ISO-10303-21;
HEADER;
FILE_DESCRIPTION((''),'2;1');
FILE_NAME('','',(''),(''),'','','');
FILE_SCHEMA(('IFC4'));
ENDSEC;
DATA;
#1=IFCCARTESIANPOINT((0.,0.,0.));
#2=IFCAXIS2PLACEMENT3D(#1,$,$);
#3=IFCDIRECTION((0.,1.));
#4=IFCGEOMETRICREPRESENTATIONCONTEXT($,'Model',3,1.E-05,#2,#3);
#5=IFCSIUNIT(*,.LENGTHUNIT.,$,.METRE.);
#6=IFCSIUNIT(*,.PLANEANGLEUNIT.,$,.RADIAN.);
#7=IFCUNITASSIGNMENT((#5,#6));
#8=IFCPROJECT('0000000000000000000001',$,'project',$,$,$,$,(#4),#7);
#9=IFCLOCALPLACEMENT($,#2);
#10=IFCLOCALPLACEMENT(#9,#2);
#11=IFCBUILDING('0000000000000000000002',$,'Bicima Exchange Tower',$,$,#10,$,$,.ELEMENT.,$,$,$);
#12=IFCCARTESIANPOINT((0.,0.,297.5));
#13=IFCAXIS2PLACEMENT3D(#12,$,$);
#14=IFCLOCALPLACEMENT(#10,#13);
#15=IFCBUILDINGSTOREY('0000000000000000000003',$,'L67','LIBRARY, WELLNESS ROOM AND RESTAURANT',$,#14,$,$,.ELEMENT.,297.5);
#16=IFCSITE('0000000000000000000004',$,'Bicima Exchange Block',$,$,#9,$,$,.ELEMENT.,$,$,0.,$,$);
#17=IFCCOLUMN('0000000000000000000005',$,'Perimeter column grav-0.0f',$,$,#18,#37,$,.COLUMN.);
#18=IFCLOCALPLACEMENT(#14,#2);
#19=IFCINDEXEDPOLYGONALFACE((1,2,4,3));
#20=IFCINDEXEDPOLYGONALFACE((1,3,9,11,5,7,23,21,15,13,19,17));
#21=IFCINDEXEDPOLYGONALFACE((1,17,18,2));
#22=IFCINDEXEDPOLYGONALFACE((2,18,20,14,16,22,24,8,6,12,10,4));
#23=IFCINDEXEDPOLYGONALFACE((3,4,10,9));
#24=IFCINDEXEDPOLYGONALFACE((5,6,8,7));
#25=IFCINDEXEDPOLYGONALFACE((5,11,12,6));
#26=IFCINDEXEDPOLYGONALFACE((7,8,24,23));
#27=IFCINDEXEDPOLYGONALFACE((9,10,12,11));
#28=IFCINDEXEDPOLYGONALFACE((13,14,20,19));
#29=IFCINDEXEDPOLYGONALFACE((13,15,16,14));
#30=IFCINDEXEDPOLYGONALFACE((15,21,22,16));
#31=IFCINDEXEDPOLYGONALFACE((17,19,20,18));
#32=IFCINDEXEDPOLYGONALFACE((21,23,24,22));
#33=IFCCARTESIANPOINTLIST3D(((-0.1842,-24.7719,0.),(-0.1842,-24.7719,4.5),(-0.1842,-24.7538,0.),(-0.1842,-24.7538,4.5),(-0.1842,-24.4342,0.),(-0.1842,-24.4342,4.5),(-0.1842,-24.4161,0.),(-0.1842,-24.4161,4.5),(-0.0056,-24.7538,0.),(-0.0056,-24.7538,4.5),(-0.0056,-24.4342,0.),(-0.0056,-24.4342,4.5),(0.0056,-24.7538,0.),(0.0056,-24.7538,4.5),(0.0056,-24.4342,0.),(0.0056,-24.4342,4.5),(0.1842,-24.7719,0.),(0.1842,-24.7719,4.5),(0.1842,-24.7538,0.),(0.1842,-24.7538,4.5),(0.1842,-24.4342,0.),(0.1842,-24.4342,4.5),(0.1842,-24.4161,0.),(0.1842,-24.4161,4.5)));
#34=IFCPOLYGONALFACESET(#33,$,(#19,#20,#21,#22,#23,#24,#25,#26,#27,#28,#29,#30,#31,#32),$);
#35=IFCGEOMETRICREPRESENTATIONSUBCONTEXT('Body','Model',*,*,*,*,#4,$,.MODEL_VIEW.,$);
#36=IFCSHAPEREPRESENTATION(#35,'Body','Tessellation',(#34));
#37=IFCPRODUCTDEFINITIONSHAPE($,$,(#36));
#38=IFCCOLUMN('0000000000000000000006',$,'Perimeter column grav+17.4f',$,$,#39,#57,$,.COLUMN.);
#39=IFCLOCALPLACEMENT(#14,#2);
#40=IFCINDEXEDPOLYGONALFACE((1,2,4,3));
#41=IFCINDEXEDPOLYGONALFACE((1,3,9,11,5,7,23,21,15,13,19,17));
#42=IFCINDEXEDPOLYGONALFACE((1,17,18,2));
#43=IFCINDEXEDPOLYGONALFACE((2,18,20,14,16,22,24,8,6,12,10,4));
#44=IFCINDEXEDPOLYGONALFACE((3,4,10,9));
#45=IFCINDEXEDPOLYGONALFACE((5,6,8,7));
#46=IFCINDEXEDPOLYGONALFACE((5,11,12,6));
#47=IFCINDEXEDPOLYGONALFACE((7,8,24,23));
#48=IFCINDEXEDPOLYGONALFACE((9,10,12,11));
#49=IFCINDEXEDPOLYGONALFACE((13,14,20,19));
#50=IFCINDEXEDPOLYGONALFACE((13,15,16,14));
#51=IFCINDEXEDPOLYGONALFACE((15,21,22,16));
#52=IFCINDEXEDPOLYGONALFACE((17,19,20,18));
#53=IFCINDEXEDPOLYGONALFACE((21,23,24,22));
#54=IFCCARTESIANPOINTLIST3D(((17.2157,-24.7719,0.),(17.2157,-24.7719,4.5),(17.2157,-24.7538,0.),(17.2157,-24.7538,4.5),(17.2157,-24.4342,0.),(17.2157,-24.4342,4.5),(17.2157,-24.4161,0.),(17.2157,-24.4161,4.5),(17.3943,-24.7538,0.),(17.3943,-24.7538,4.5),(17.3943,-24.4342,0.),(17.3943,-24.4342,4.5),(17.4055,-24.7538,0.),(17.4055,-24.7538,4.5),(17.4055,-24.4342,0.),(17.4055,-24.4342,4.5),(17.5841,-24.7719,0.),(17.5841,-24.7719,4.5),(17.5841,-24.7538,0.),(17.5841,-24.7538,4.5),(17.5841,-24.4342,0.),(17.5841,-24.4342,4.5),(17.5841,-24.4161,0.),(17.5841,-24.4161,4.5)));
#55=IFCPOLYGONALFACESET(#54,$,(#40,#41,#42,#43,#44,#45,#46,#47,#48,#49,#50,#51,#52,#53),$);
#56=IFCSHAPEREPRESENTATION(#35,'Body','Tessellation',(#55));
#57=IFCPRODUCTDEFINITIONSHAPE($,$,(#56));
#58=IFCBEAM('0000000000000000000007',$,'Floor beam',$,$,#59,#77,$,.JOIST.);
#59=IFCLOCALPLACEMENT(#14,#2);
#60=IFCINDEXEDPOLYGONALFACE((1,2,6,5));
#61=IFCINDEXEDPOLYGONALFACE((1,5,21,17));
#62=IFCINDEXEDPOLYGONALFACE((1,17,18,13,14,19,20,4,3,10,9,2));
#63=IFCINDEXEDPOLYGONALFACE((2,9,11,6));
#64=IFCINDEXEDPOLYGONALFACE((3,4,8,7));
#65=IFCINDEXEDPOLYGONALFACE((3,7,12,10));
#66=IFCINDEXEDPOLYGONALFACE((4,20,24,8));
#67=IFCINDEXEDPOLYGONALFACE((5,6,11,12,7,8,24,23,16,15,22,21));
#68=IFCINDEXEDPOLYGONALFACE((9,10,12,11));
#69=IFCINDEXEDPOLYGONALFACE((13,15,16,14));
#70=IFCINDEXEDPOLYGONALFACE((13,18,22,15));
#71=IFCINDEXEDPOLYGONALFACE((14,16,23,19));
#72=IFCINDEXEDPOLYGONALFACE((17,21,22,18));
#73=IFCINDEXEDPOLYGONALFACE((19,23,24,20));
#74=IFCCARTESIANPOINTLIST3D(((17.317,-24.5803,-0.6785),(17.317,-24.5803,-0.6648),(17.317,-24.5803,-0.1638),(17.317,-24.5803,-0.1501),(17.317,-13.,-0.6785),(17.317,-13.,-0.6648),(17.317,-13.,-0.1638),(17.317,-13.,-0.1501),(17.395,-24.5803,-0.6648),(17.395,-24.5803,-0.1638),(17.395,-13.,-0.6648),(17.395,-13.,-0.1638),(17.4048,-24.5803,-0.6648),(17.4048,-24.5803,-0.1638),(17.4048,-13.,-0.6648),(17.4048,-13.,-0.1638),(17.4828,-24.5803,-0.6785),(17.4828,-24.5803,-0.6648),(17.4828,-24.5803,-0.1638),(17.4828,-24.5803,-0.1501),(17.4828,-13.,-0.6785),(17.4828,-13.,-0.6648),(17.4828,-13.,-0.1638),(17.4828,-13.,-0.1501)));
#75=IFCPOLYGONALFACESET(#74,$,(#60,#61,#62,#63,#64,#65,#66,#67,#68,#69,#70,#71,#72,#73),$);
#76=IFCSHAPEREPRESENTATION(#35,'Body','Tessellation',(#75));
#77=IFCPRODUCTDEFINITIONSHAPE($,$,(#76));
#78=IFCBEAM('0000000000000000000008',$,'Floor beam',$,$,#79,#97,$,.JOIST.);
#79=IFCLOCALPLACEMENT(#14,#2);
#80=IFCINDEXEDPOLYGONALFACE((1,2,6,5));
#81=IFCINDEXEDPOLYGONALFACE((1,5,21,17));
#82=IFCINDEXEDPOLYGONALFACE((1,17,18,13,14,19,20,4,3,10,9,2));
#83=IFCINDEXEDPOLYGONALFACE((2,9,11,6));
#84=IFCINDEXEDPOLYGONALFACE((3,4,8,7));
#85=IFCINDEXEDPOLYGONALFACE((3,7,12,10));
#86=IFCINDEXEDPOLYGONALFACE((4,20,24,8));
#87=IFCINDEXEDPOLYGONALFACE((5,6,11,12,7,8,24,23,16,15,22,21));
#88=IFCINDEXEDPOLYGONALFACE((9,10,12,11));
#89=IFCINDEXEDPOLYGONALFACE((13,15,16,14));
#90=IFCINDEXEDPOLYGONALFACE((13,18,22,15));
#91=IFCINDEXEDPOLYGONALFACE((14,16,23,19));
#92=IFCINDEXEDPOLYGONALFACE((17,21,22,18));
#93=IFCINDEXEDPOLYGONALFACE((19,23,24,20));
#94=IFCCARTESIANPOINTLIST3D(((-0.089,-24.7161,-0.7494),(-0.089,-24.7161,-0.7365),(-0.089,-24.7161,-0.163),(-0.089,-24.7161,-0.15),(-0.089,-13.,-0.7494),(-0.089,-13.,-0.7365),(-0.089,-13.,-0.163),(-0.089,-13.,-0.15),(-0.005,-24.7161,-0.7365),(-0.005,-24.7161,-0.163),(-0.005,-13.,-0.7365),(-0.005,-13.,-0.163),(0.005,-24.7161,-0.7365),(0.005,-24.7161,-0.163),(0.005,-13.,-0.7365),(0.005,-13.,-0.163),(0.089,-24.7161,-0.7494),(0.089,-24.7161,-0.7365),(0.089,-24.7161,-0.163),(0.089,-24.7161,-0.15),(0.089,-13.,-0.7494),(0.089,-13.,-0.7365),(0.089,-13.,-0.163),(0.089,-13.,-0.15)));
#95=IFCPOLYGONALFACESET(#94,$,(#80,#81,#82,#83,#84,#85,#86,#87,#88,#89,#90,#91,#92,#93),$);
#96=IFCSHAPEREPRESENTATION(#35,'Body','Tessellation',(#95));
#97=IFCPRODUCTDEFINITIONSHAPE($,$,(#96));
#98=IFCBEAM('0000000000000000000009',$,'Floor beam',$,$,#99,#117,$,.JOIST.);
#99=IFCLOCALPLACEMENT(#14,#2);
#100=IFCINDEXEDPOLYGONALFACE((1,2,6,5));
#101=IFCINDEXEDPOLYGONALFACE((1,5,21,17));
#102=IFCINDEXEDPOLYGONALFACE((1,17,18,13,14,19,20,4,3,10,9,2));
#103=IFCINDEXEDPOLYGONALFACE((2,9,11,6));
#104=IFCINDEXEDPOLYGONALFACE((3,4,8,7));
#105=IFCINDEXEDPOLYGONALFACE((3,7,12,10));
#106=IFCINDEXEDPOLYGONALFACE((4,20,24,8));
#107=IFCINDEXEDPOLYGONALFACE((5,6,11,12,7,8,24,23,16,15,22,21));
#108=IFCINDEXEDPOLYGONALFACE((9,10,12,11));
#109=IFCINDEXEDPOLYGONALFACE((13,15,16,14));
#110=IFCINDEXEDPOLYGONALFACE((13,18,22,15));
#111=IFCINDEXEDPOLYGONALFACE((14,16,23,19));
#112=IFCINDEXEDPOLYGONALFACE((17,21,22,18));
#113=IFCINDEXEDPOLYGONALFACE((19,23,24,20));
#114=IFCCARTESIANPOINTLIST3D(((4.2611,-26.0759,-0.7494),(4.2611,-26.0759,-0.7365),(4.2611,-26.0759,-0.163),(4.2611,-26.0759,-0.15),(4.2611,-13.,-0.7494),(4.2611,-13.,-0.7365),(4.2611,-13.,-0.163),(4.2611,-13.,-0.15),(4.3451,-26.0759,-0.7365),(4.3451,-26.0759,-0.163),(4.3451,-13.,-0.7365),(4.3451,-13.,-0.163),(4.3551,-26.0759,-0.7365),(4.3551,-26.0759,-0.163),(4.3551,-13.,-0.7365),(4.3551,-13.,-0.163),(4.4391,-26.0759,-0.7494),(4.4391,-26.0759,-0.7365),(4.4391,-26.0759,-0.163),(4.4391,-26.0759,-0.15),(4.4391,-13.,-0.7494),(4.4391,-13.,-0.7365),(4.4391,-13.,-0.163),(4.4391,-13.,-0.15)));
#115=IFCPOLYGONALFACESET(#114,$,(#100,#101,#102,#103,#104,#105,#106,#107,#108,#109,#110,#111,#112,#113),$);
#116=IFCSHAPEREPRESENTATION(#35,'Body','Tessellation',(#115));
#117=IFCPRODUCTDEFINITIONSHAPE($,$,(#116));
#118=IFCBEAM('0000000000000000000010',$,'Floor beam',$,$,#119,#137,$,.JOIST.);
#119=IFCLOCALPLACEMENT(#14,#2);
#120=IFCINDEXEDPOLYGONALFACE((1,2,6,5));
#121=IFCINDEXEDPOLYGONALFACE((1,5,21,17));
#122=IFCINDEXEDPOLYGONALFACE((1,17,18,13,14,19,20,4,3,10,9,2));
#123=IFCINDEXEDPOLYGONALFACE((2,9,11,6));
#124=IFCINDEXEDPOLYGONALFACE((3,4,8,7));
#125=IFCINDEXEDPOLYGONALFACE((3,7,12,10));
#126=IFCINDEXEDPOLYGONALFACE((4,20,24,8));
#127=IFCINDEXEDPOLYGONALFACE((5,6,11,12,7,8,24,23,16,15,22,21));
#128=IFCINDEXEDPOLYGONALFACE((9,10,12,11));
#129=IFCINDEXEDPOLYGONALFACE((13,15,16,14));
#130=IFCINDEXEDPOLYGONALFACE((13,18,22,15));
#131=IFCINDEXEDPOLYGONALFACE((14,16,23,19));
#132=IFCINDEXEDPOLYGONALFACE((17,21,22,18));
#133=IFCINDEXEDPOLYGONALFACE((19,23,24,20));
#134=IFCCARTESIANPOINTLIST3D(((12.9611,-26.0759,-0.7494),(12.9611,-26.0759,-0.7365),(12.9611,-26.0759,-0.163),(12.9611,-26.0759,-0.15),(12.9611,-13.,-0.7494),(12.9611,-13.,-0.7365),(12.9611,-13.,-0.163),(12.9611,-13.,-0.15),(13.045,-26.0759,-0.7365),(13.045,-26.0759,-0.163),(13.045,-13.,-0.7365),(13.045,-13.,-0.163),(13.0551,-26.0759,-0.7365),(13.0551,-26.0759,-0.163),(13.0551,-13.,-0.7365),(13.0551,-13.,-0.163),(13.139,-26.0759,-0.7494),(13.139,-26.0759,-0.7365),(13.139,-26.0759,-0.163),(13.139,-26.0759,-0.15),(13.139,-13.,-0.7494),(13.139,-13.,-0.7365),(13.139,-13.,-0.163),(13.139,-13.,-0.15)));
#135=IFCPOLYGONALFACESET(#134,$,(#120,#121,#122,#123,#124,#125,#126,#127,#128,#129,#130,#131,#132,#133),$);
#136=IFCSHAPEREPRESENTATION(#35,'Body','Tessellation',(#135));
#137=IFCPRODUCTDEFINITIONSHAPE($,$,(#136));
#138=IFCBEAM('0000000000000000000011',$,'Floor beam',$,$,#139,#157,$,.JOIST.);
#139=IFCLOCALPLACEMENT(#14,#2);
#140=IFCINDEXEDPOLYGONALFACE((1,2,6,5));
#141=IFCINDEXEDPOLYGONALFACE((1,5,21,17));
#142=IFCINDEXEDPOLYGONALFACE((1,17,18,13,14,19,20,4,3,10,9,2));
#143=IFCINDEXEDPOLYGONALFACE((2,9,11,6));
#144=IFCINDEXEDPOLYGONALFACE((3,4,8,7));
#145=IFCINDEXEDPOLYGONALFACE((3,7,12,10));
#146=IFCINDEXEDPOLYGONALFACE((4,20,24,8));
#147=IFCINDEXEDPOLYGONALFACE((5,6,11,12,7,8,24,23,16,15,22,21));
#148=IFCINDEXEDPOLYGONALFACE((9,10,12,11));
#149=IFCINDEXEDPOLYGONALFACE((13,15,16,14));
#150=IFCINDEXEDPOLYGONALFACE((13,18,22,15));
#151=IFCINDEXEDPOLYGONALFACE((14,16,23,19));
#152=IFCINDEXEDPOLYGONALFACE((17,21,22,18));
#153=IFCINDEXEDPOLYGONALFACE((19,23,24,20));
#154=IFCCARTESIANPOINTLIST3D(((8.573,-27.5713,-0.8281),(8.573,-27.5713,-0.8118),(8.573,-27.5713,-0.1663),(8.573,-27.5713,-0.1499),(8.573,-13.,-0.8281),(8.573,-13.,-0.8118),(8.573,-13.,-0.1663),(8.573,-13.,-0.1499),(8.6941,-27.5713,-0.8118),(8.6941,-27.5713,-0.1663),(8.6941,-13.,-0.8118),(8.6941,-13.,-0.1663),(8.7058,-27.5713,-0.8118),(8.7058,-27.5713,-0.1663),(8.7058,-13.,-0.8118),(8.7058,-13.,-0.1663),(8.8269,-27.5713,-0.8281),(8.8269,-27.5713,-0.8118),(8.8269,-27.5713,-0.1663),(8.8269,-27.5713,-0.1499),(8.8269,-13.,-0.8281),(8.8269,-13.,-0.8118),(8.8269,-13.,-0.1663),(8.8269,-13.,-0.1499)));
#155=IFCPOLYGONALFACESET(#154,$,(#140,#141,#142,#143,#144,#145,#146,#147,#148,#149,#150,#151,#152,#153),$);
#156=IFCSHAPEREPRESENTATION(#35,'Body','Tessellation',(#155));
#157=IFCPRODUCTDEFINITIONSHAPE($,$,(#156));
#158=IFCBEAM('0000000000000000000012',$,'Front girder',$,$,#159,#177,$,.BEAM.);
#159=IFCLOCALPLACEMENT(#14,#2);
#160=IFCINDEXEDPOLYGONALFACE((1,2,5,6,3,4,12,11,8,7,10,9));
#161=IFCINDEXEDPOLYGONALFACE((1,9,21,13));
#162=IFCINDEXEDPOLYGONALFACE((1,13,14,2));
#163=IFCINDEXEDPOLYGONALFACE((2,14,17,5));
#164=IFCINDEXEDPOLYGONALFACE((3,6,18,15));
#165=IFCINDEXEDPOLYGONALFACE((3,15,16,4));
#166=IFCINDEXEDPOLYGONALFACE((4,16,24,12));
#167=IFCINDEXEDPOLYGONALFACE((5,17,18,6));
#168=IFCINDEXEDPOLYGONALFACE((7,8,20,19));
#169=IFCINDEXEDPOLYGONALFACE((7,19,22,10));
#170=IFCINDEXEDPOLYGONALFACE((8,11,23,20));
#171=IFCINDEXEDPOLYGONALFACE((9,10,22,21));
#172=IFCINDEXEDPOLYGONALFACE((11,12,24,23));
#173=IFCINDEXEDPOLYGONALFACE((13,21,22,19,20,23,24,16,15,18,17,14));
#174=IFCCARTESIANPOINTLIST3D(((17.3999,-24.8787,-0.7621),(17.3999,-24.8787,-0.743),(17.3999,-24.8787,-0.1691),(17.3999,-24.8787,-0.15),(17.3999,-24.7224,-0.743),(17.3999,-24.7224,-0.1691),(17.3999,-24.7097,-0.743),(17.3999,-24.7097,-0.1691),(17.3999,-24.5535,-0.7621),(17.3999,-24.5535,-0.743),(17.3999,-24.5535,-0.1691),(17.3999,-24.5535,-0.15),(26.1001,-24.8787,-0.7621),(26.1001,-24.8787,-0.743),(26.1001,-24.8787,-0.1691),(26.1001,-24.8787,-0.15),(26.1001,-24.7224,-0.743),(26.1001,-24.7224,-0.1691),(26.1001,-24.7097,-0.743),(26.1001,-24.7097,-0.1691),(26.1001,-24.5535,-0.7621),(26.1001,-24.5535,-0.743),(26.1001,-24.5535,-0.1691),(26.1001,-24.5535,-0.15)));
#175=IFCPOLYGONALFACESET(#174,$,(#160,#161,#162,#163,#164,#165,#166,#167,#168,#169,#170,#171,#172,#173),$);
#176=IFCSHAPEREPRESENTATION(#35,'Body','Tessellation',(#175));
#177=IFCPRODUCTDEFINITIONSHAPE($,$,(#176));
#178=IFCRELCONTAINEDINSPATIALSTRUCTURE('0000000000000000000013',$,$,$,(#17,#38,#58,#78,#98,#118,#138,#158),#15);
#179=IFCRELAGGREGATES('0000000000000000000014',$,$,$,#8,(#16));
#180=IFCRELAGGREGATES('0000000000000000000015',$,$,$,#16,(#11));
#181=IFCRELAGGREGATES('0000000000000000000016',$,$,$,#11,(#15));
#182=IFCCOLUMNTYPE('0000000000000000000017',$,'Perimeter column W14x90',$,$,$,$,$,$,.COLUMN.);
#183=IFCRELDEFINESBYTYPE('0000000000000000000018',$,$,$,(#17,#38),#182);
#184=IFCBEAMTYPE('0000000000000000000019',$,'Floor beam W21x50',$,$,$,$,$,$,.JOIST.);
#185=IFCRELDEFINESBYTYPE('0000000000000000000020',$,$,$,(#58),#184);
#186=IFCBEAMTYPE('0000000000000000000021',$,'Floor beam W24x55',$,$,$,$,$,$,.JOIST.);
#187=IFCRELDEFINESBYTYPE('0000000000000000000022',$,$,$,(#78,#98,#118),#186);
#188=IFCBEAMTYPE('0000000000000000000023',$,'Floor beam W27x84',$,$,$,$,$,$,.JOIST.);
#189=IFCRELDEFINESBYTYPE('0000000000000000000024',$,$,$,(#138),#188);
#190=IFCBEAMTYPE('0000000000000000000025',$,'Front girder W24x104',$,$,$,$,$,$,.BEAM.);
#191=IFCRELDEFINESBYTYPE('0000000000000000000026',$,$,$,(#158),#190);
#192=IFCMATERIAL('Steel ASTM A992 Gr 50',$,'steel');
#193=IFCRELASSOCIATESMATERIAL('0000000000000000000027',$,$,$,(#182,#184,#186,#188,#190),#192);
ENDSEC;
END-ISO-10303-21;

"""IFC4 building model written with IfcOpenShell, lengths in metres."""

from ifc_helpers import new_model, si_unit, direction, frame, origin, origin_2d, place, context, subcontext, project, spatial, i_section, extrude, material, material_profile, profile_set, type_object, element, save


model = new_model("IFC4")

# Units and contexts
model_context = context("Model", 3, precision=1e-05, world=origin(), true_north=direction((0.0, 1.0)))
body_context = subcontext(model_context, "Body", "Model", "MODEL_VIEW")
ifc_project = project(units=[si_unit("LENGTHUNIT", "METRE"), si_unit("PLANEANGLEUNIT", "RADIAN")], contexts=[model_context])

# Site, building, storey
site_placement = place(None, origin())
site = spatial("IfcSite", under=ifc_project, at=site_placement, Name="Bicima Exchange Block", CompositionType="ELEMENT", RefElevation=0.0)
building_placement = place(site_placement, origin())
building = spatial("IfcBuilding", under=site, at=building_placement, Name="Bicima Exchange Tower", CompositionType="ELEMENT")
storey_placement = place(building_placement, frame((0.0, 0.0, 297.5)))
storey = spatial("IfcBuildingStorey", under=building, at=storey_placement, Name="L67", Description="LIBRARY, WELLNESS ROOM AND RESTAURANT", CompositionType="ELEMENT", Elevation=297.5)

# Columns
ifc_material_1 = material(Name="Steel ASTM A992 Gr 50", Category="steel")
ifc_material_profile_1 = material_profile(ifc_material_1, i_section(OverallWidth=0.3684, OverallDepth=0.3557, WebThickness=0.0112, FlangeThickness=0.0181, at=origin_2d()))
ifc_profile_set_1 = profile_set([ifc_material_profile_1], Name="Steel ASTM A992 Gr 50")
column_type = type_object("IfcColumnType", Name="Perimeter column W14x90", PredefinedType="COLUMN", material=ifc_profile_set_1)
for number, where, z_axis, x_axis, name in (
    (1, (0.0, -24.594, 0.0), (0.0, 0.0, 1.0), (1.0, 0.0, 0.0), "Perimeter column grav-0.0f"),
    (2, (17.3999, -24.594, 0.0), (0.0, 0.0, 1.0), (1.0, 0.0, 0.0), "Perimeter column grav+17.4f"),
):
    element("IfcColumn", number, at=place(storey_placement, frame(where, z_axis=z_axis, x_axis=x_axis)), inside=storey, type_object=column_type, Name=name, PredefinedType="COLUMN", context=body_context, shape_type="SweptSolid", body=[
        extrude(i_section(OverallWidth=0.3684, OverallDepth=0.3557, WebThickness=0.0112, FlangeThickness=0.0181, at=origin_2d()), origin(), (0.0, 0.0, 1.0), 4.5),
    ])

# Beams
ifc_material_profile_2 = material_profile(ifc_material_1, i_section(OverallWidth=0.1658, OverallDepth=0.5283, WebThickness=0.0098, FlangeThickness=0.0137, at=origin_2d()))
ifc_profile_set_2 = profile_set([ifc_material_profile_2], Name="Steel ASTM A992 Gr 50")
beam_type_1 = type_object("IfcBeamType", Name="Floor beam W21x50", PredefinedType="JOIST", material=ifc_profile_set_2)
beam_1_placement = place(storey_placement, frame((17.3999, -13.0, -0.4143), z_axis=(0.0, -1.0, 0.0), x_axis=(1.0, 0.0, 0.0)))
element("IfcBeam", 3, at=beam_1_placement, inside=storey, type_object=beam_type_1, Name="Floor beam", PredefinedType="JOIST", context=body_context, shape_type="SweptSolid", body=[
    extrude(i_section(OverallWidth=0.1658, OverallDepth=0.5283, WebThickness=0.0098, FlangeThickness=0.0137, at=origin_2d()), origin(), (0.0, 0.0, 1.0), 11.5803),
])
ifc_material_profile_3 = material_profile(ifc_material_1, i_section(OverallWidth=0.178, OverallDepth=0.5994, WebThickness=0.01, FlangeThickness=0.0129, at=origin_2d()))
ifc_profile_set_3 = profile_set([ifc_material_profile_3], Name="Steel ASTM A992 Gr 50")
beam_type_2 = type_object("IfcBeamType", Name="Floor beam W24x55", PredefinedType="JOIST", material=ifc_profile_set_3)
beam_2_placement = place(storey_placement, frame((0.0, -13.0, -0.4497), z_axis=(0.0, -1.0, 0.0), x_axis=(1.0, 0.0, 0.0)))
element("IfcBeam", 4, at=beam_2_placement, inside=storey, type_object=beam_type_2, Name="Floor beam", PredefinedType="JOIST", context=body_context, shape_type="SweptSolid", body=[
    extrude(i_section(OverallWidth=0.178, OverallDepth=0.5994, WebThickness=0.01, FlangeThickness=0.0129, at=origin_2d()), origin(), (0.0, 0.0, 1.0), 11.7161),
])
for number, where, z_axis, x_axis, name in (
    (5, (4.3501, -13.0, -0.4497), (0.0, -1.0, 0.0), (1.0, 0.0, 0.0), "Floor beam"),
    (6, (13.05, -13.0, -0.4497), (0.0, -1.0, 0.0), (1.0, 0.0, 0.0), "Floor beam"),
):
    element("IfcBeam", number, at=place(storey_placement, frame(where, z_axis=z_axis, x_axis=x_axis)), inside=storey, type_object=beam_type_2, Name=name, PredefinedType="JOIST", context=body_context, shape_type="SweptSolid", body=[
        extrude(i_section(OverallWidth=0.178, OverallDepth=0.5994, WebThickness=0.01, FlangeThickness=0.0129, at=origin_2d()), origin(), (0.0, 0.0, 1.0), 13.0759),
    ])
ifc_material_profile_4 = material_profile(ifc_material_1, i_section(OverallWidth=0.2539, OverallDepth=0.6782, WebThickness=0.0117, FlangeThickness=0.0164, at=origin_2d()))
ifc_profile_set_4 = profile_set([ifc_material_profile_4], Name="Steel ASTM A992 Gr 50")
beam_type_3 = type_object("IfcBeamType", Name="Floor beam W27x84", PredefinedType="JOIST", material=ifc_profile_set_4)
beam_3_placement = place(storey_placement, frame((8.7, -13.0, -0.489), z_axis=(0.0, -1.0, 0.0), x_axis=(1.0, 0.0, 0.0)))
element("IfcBeam", 7, at=beam_3_placement, inside=storey, type_object=beam_type_3, Name="Floor beam", PredefinedType="JOIST", context=body_context, shape_type="SweptSolid", body=[
    extrude(i_section(OverallWidth=0.2539, OverallDepth=0.6782, WebThickness=0.0117, FlangeThickness=0.0164, at=origin_2d()), origin(), (0.0, 0.0, 1.0), 14.5713),
])
ifc_material_profile_5 = material_profile(ifc_material_1, i_section(OverallWidth=0.3252, OverallDepth=0.6121, WebThickness=0.0127, FlangeThickness=0.019, at=origin_2d()))
ifc_profile_set_5 = profile_set([ifc_material_profile_5], Name="Steel ASTM A992 Gr 50")
beam_type_4 = type_object("IfcBeamType", Name="Front girder W24x104", PredefinedType="BEAM", material=ifc_profile_set_5)
beam_4_placement = place(storey_placement, frame((17.3999, -24.7161, -0.4561), z_axis=(1.0, 0.0, 0.0), x_axis=(0.0, 1.0, 0.0)))
element("IfcBeam", 8, at=beam_4_placement, inside=storey, type_object=beam_type_4, Name="Front girder", PredefinedType="BEAM", context=body_context, shape_type="SweptSolid", body=[
    extrude(i_section(OverallWidth=0.3252, OverallDepth=0.6121, WebThickness=0.0127, FlangeThickness=0.019, at=origin_2d()), origin(), (0.0, 0.0, 1.0), 8.7002),
])

save(model, "model.ifc")
